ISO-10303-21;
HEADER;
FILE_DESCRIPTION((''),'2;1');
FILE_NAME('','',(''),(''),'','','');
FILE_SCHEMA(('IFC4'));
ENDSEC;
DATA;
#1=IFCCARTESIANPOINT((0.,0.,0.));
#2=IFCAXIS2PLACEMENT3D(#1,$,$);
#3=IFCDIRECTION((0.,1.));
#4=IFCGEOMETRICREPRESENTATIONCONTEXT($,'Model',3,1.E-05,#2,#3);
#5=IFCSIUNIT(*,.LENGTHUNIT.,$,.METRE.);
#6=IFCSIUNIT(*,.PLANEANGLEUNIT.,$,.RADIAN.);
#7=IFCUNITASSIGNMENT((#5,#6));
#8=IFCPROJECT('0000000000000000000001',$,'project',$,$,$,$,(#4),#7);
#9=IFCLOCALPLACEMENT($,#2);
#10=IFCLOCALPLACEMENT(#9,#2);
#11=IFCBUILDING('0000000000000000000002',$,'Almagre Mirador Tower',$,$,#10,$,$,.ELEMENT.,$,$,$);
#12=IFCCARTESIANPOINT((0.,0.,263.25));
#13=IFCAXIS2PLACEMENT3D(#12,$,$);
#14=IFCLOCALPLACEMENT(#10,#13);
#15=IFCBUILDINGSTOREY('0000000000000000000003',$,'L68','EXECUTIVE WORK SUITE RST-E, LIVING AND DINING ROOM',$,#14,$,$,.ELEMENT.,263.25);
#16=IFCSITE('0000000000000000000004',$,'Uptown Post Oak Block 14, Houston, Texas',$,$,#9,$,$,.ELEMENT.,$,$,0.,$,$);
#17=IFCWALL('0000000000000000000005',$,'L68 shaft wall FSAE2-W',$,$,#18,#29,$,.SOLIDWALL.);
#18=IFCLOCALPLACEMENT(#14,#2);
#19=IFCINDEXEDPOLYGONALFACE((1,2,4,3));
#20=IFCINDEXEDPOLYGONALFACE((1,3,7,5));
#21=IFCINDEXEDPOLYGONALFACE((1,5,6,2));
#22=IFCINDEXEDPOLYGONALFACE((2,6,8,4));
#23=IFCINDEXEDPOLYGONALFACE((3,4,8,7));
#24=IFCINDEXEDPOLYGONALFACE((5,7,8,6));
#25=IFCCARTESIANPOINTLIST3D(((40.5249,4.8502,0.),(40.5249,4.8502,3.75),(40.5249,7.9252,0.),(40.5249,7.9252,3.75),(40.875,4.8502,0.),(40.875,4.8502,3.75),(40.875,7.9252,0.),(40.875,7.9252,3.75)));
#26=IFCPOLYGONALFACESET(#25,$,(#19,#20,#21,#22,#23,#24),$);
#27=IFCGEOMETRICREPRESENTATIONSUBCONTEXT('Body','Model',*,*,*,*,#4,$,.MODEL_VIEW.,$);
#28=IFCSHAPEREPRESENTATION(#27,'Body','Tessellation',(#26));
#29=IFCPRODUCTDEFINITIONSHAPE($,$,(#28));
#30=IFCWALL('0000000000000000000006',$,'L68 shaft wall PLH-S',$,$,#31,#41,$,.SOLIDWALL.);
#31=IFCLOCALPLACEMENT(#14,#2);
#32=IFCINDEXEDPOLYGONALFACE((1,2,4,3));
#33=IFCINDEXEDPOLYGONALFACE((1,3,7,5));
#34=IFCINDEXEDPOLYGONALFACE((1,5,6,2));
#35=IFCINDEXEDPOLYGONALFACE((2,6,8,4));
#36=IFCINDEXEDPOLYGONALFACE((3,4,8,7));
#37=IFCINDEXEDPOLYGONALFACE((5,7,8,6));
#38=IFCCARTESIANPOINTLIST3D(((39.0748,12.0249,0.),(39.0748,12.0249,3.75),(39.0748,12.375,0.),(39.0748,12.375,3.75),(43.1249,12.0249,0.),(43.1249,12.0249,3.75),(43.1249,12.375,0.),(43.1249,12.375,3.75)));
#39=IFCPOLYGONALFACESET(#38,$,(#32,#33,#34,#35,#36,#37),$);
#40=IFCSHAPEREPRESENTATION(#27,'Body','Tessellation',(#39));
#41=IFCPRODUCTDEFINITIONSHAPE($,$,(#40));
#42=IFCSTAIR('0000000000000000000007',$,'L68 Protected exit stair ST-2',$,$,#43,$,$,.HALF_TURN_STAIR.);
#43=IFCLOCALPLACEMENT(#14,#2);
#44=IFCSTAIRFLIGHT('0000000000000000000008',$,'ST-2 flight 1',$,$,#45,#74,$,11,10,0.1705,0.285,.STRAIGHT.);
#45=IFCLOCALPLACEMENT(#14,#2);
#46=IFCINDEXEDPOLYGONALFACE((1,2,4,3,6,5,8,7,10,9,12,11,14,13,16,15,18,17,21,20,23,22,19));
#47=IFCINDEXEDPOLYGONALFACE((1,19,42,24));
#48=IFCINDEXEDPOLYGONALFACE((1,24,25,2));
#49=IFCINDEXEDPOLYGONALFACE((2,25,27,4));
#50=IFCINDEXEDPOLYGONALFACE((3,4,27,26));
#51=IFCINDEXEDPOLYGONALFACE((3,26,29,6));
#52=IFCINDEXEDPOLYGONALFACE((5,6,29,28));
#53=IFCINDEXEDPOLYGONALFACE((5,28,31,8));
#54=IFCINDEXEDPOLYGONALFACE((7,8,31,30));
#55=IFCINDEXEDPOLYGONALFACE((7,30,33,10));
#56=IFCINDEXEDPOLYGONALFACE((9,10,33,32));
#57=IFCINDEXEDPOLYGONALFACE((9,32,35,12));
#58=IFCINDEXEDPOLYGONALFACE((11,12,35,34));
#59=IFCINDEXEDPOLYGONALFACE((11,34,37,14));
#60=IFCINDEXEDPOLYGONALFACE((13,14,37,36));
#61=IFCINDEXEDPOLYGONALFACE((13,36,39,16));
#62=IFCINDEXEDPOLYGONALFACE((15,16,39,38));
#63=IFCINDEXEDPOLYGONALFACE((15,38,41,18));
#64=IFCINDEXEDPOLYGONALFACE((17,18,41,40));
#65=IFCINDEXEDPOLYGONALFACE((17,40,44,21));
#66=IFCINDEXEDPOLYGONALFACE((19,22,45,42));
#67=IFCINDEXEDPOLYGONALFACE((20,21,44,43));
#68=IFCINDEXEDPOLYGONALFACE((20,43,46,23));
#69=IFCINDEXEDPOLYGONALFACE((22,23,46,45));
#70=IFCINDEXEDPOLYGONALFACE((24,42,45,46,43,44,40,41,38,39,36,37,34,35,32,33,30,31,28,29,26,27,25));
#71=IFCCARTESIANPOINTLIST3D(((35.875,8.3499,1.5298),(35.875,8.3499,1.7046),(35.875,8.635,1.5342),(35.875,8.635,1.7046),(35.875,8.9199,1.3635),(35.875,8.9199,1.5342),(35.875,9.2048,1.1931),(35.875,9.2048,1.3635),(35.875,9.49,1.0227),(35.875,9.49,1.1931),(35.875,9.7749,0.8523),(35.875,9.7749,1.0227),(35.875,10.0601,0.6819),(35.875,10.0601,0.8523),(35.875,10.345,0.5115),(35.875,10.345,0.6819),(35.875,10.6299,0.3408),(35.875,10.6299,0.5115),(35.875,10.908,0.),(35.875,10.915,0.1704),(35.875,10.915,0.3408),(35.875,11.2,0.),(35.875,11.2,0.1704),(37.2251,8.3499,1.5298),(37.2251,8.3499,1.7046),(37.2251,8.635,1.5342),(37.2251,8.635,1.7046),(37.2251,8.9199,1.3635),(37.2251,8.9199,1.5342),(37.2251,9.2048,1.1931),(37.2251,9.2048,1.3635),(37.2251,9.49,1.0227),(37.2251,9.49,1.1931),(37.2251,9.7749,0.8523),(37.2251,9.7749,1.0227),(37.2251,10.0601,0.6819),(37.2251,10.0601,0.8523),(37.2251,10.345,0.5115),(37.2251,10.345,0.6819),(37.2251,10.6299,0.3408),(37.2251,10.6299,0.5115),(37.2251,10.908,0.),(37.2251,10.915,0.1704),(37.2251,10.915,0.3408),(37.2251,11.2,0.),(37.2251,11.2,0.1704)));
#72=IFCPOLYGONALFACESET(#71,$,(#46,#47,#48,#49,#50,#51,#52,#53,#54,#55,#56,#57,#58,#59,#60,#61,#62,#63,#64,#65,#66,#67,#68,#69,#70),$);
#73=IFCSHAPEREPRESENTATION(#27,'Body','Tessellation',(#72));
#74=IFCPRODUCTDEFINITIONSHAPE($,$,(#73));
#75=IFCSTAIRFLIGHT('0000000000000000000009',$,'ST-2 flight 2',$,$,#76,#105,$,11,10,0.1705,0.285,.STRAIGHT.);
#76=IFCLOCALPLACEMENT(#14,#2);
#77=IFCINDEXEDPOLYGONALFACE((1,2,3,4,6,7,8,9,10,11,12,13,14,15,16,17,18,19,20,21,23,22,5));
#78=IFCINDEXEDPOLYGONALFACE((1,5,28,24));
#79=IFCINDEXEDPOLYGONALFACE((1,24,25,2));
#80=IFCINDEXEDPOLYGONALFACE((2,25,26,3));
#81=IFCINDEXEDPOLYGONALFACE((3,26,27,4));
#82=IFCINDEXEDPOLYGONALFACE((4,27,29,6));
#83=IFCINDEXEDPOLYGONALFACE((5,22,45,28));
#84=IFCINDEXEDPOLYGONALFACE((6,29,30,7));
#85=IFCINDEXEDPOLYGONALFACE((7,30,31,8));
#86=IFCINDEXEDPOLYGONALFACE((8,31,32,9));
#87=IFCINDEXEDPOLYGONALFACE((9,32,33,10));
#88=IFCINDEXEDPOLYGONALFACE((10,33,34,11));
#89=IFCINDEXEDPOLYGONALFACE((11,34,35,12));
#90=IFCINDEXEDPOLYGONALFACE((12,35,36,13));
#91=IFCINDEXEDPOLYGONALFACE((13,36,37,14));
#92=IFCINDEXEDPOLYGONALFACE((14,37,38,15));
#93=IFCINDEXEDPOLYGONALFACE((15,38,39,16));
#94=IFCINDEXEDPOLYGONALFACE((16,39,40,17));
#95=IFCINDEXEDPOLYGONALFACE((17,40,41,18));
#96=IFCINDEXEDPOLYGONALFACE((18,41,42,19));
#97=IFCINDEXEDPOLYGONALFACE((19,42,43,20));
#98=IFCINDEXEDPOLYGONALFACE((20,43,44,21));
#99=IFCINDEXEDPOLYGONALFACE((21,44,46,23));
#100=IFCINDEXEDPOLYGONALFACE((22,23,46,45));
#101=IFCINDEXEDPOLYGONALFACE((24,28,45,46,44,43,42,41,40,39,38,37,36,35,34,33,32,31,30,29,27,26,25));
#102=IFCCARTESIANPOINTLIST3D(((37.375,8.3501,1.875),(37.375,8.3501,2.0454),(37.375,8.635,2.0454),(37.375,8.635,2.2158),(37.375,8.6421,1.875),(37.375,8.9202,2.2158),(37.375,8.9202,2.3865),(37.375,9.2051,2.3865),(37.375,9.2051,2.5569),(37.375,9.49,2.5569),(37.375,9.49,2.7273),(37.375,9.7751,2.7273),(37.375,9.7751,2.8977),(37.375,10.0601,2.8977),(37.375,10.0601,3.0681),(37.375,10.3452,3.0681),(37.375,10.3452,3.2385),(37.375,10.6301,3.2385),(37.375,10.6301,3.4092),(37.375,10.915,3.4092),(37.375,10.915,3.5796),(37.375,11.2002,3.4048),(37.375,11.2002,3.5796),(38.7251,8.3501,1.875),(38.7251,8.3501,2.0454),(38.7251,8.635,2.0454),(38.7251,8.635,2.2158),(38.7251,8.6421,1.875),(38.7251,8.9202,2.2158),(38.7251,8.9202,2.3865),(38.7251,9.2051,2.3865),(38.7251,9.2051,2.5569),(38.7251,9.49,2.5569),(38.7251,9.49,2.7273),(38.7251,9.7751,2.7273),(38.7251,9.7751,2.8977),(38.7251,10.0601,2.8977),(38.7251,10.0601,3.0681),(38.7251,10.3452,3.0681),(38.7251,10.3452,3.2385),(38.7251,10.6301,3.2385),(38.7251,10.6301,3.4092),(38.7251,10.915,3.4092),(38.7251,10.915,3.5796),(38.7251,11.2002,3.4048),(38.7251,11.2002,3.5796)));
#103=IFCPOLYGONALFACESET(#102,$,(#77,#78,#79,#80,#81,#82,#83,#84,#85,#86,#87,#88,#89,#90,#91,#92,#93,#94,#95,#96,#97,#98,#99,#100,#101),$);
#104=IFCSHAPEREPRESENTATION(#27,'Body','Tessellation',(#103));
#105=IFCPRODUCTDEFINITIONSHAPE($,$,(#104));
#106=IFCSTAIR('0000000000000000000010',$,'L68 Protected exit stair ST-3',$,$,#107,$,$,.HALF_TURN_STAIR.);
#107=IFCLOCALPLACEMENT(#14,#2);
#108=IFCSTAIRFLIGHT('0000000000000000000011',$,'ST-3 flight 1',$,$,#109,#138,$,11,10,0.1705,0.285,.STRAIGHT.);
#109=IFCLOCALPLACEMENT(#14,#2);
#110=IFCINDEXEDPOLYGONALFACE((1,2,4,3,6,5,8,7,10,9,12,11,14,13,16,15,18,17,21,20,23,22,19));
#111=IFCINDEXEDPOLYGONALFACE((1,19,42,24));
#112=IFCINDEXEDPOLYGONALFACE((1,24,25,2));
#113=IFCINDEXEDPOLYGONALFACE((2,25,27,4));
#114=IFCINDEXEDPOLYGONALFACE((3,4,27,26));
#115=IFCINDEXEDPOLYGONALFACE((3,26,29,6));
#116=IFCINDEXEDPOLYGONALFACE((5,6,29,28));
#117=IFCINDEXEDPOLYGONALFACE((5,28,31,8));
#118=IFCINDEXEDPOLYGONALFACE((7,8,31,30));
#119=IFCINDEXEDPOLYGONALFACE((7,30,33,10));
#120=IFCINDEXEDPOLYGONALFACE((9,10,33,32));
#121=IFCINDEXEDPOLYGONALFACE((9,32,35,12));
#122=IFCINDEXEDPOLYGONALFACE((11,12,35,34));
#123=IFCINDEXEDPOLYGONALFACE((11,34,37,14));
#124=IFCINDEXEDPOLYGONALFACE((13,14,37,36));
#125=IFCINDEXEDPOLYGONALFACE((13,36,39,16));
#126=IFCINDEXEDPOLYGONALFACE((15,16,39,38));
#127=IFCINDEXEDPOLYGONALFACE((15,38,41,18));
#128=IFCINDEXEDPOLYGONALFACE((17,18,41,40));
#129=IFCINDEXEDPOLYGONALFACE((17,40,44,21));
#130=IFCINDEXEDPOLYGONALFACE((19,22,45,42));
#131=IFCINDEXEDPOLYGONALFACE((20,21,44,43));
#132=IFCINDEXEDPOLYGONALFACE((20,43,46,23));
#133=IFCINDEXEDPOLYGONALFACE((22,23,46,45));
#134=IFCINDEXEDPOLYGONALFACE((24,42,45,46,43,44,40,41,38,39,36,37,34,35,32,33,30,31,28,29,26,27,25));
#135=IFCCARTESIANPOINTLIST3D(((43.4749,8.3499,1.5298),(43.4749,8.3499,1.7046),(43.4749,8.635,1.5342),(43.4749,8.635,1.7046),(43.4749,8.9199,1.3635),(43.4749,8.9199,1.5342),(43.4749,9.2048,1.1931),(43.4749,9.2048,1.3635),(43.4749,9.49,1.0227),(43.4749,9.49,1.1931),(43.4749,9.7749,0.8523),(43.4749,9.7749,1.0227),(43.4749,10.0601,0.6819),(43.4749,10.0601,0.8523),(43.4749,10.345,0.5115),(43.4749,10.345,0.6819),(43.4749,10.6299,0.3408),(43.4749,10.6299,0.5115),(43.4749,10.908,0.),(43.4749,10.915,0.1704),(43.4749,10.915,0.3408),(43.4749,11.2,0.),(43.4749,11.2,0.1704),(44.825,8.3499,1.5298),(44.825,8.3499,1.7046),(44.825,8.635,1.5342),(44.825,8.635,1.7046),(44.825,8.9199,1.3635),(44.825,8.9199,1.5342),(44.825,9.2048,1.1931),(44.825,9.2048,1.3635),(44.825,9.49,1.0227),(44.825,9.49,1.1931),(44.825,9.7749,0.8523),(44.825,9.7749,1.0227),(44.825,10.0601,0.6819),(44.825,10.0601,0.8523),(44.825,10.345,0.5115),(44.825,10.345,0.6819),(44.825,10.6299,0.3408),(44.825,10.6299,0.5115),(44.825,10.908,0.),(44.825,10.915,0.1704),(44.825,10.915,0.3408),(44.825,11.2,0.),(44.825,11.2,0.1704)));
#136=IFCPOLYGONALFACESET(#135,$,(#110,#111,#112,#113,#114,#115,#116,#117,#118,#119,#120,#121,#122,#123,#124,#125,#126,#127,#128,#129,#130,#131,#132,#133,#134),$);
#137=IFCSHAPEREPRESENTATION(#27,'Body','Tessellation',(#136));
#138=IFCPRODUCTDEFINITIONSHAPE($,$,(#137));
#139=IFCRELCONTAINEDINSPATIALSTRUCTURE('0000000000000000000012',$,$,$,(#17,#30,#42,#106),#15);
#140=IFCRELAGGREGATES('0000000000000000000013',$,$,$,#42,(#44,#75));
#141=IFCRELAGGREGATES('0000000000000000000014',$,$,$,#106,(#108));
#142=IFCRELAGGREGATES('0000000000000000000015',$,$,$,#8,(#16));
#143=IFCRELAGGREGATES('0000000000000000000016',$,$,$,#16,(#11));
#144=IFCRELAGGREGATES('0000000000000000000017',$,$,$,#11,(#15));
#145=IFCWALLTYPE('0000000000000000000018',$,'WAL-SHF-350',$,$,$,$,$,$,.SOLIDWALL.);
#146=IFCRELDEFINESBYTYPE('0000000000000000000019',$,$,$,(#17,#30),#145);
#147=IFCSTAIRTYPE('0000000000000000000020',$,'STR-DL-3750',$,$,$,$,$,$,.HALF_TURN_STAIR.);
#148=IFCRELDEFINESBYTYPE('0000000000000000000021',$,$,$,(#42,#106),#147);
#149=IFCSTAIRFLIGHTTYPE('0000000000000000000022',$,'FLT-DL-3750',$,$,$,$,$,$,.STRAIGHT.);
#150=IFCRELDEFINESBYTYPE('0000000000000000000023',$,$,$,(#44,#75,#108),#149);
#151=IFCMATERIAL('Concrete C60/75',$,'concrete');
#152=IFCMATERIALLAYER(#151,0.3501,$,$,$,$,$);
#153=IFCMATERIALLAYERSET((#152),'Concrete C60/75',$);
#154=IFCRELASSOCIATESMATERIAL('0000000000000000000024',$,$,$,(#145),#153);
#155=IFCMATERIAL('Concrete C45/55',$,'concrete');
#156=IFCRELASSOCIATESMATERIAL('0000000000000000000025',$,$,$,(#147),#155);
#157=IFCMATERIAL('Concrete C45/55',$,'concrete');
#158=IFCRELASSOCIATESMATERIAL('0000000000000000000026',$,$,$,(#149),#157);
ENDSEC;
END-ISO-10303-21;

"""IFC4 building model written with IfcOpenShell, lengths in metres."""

from ifc_helpers import new_model, si_unit, direction, frame, frame_2d, origin, place, context, subcontext, project, spatial, polyline, rectangle, outline, extrude, material, layer, layer_set, type_object, element, aggregate, save


model = new_model("IFC4")

# Units and contexts
model_context = context("Model", 3, precision=1e-05, world=origin(), true_north=direction((0.0, 1.0)))
body_context = subcontext(model_context, "Body", "Model", "MODEL_VIEW")
ifc_project = project(units=[si_unit("LENGTHUNIT", "METRE"), si_unit("PLANEANGLEUNIT", "RADIAN")], contexts=[model_context])

# Site, building, storey
site_placement = place(None, origin())
site = spatial("IfcSite", under=ifc_project, at=site_placement, Name="Uptown Post Oak Block 14, Houston, Texas", CompositionType="ELEMENT", RefElevation=0.0)
building_placement = place(site_placement, origin())
building = spatial("IfcBuilding", under=site, at=building_placement, Name="Almagre Mirador Tower", CompositionType="ELEMENT")
storey_placement = place(building_placement, frame((0.0, 0.0, 263.25)))
storey = spatial("IfcBuildingStorey", under=building, at=storey_placement, Name="L68", Description="EXECUTIVE WORK SUITE RST-E, LIVING AND DINING ROOM", CompositionType="ELEMENT", Elevation=263.25)

# Shared definitions
ifc_material_1 = material(Name="Concrete C60/75", Category="concrete")
ifc_layer_1 = layer(ifc_material_1, 0.3501)
ifc_layer_set_1 = layer_set([ifc_layer_1], Name="Concrete C60/75")
wall_type_1 = type_object("IfcWallType", Name="WAL-SHF-350", PredefinedType="SOLIDWALL", material=ifc_layer_set_1)

# Walls
wall_1_placement = place(storey_placement, frame((40.7, 4.8501, 0.0), z_axis=(0.0, 0.0, 1.0), x_axis=(0.0, 1.0, 0.0)))
element("IfcWall", 1, at=wall_1_placement, inside=storey, type_object=wall_type_1, Name="L68 shaft wall FSAE2-W", PredefinedType="SOLIDWALL", context=body_context, shape_type="SweptSolid", body=[
    extrude(rectangle(XDim=3.075, YDim=0.3501, at=frame_2d((1.5376, 0.0))), origin(), (0.0, 0.0, 1.0), 3.75),
])
wall_2_placement = place(storey_placement, frame((39.075, 12.2, 0.0), z_axis=(0.0, 0.0, 1.0), x_axis=(1.0, 0.0, 0.0)))
element("IfcWall", 2, at=wall_2_placement, inside=storey, type_object=wall_type_1, Name="L68 shaft wall PLH-S", PredefinedType="SOLIDWALL", context=body_context, shape_type="SweptSolid", body=[
    extrude(rectangle(XDim=4.05, YDim=0.3501, at=frame_2d((2.0249, 0.0))), origin(), (0.0, 0.0, 1.0), 3.75),
])

# Stair, stair flights
ifc_material_2 = material(Name="Concrete C45/55", Category="concrete")
stair_type = type_object("IfcStairType", Name="STR-DL-3750", PredefinedType="HALF_TURN_STAIR", material=ifc_material_2)
stair_1_placement = place(storey_placement, origin())
stair_1 = element("IfcStair", 3, at=stair_1_placement, inside=storey, type_object=stair_type, Name="L68 Protected exit stair ST-2", PredefinedType="HALF_TURN_STAIR")
ifc_material_3 = material(Name="Concrete C45/55", Category="concrete")
stair_flight_type = type_object("IfcStairFlightType", Name="FLT-DL-3750", PredefinedType="STRAIGHT", material=ifc_material_3)
stair_flight_1_placement = place(storey_placement, frame((36.55, 11.2, 0.0), z_axis=(0.0, 0.0, 1.0), x_axis=(0.0, -1.0, 0.0)))
stair_flight_1 = element("IfcStairFlight", 4, at=stair_flight_1_placement, type_object=stair_flight_type, Name="ST-2 flight 1", NumberOfRisers=11, NumberOfTreads=10, PredefinedType="STRAIGHT", RiserHeight=0.1705, TreadLength=0.285, context=body_context, shape_type="SweptSolid", body=[
    extrude(outline(polyline([(0.0, 0.0), (0.0, 0.1704), (0.2849, 0.1704), (0.2849, 0.3408), (0.5701, 0.3408), (0.5701, 0.5115), (0.855, 0.5115), (0.855, 0.6819), (1.1399, 0.6819), (1.1399, 0.8523), (1.425, 0.8523), (1.425, 1.0227), (1.71, 1.0227), (1.71, 1.1931), (1.9951, 1.1931), (1.9951, 1.3635), (2.28, 1.3635), (2.28, 1.5342), (2.5649, 1.5342), (2.5649, 1.7046), (2.8501, 1.7046), (2.8501, 1.875), (2.8501, 1.5298), (0.292, 0.0), (0.0, 0.0)])), frame((0.0, 0.675, 0.0), z_axis=(0.0, -1.0, 0.0), x_axis=(1.0, 0.0, 0.0)), (0.0, 0.0, 1.0), 1.3501),
])
stair_flight_2_placement = place(storey_placement, frame((38.05, 8.3501, 1.875), z_axis=(0.0, 0.0, 1.0), x_axis=(0.0, 1.0, 0.0)))
stair_flight_2 = element("IfcStairFlight", 5, at=stair_flight_2_placement, type_object=stair_flight_type, Name="ST-2 flight 2", NumberOfRisers=11, NumberOfTreads=10, PredefinedType="STRAIGHT", RiserHeight=0.1705, TreadLength=0.285, context=body_context, shape_type="SweptSolid", body=[
    extrude(outline(polyline([(0.0, 0.0), (0.0, 0.1704), (0.2849, 0.1704), (0.2849, 0.3408), (0.5701, 0.3408), (0.5701, 0.5115), (0.855, 0.5115), (0.855, 0.6819), (1.1399, 0.6819), (1.1399, 0.8523), (1.425, 0.8523), (1.425, 1.0227), (1.71, 1.0227), (1.71, 1.1931), (1.9951, 1.1931), (1.9951, 1.3635), (2.28, 1.3635), (2.28, 1.5342), (2.5649, 1.5342), (2.5649, 1.7046), (2.8501, 1.7046), (2.8501, 1.875), (2.8501, 1.5298), (0.292, 0.0), (0.0, 0.0)])), frame((0.0, 0.675, 0.0), z_axis=(0.0, -1.0, 0.0), x_axis=(1.0, 0.0, 0.0)), (0.0, 0.0, 1.0), 1.3501),
])
aggregate(stair_1, [stair_flight_1, stair_flight_2])

# Stair, stair flight
stair_2_placement = place(storey_placement, origin())
stair_2 = element("IfcStair", 6, at=stair_2_placement, inside=storey, type_object=stair_type, Name="L68 Protected exit stair ST-3", PredefinedType="HALF_TURN_STAIR")
stair_flight_3_placement = place(storey_placement, frame((44.1499, 11.2, 0.0), z_axis=(0.0, 0.0, 1.0), x_axis=(0.0, -1.0, 0.0)))
stair_flight_3 = element("IfcStairFlight", 7, at=stair_flight_3_placement, type_object=stair_flight_type, Name="ST-3 flight 1", NumberOfRisers=11, NumberOfTreads=10, PredefinedType="STRAIGHT", RiserHeight=0.1705, TreadLength=0.285, context=body_context, shape_type="SweptSolid", body=[
    extrude(outline(polyline([(0.0, 0.0), (0.0, 0.1704), (0.2849, 0.1704), (0.2849, 0.3408), (0.5701, 0.3408), (0.5701, 0.5115), (0.855, 0.5115), (0.855, 0.6819), (1.1399, 0.6819), (1.1399, 0.8523), (1.425, 0.8523), (1.425, 1.0227), (1.71, 1.0227), (1.71, 1.1931), (1.9951, 1.1931), (1.9951, 1.3635), (2.28, 1.3635), (2.28, 1.5342), (2.5649, 1.5342), (2.5649, 1.7046), (2.8501, 1.7046), (2.8501, 1.875), (2.8501, 1.5298), (0.292, 0.0), (0.0, 0.0)])), frame((0.0, 0.675, 0.0), z_axis=(0.0, -1.0, 0.0), x_axis=(1.0, 0.0, 0.0)), (0.0, 0.0, 1.0), 1.3501),
])
aggregate(stair_2, [stair_flight_3])

save(model, "model.ifc")
